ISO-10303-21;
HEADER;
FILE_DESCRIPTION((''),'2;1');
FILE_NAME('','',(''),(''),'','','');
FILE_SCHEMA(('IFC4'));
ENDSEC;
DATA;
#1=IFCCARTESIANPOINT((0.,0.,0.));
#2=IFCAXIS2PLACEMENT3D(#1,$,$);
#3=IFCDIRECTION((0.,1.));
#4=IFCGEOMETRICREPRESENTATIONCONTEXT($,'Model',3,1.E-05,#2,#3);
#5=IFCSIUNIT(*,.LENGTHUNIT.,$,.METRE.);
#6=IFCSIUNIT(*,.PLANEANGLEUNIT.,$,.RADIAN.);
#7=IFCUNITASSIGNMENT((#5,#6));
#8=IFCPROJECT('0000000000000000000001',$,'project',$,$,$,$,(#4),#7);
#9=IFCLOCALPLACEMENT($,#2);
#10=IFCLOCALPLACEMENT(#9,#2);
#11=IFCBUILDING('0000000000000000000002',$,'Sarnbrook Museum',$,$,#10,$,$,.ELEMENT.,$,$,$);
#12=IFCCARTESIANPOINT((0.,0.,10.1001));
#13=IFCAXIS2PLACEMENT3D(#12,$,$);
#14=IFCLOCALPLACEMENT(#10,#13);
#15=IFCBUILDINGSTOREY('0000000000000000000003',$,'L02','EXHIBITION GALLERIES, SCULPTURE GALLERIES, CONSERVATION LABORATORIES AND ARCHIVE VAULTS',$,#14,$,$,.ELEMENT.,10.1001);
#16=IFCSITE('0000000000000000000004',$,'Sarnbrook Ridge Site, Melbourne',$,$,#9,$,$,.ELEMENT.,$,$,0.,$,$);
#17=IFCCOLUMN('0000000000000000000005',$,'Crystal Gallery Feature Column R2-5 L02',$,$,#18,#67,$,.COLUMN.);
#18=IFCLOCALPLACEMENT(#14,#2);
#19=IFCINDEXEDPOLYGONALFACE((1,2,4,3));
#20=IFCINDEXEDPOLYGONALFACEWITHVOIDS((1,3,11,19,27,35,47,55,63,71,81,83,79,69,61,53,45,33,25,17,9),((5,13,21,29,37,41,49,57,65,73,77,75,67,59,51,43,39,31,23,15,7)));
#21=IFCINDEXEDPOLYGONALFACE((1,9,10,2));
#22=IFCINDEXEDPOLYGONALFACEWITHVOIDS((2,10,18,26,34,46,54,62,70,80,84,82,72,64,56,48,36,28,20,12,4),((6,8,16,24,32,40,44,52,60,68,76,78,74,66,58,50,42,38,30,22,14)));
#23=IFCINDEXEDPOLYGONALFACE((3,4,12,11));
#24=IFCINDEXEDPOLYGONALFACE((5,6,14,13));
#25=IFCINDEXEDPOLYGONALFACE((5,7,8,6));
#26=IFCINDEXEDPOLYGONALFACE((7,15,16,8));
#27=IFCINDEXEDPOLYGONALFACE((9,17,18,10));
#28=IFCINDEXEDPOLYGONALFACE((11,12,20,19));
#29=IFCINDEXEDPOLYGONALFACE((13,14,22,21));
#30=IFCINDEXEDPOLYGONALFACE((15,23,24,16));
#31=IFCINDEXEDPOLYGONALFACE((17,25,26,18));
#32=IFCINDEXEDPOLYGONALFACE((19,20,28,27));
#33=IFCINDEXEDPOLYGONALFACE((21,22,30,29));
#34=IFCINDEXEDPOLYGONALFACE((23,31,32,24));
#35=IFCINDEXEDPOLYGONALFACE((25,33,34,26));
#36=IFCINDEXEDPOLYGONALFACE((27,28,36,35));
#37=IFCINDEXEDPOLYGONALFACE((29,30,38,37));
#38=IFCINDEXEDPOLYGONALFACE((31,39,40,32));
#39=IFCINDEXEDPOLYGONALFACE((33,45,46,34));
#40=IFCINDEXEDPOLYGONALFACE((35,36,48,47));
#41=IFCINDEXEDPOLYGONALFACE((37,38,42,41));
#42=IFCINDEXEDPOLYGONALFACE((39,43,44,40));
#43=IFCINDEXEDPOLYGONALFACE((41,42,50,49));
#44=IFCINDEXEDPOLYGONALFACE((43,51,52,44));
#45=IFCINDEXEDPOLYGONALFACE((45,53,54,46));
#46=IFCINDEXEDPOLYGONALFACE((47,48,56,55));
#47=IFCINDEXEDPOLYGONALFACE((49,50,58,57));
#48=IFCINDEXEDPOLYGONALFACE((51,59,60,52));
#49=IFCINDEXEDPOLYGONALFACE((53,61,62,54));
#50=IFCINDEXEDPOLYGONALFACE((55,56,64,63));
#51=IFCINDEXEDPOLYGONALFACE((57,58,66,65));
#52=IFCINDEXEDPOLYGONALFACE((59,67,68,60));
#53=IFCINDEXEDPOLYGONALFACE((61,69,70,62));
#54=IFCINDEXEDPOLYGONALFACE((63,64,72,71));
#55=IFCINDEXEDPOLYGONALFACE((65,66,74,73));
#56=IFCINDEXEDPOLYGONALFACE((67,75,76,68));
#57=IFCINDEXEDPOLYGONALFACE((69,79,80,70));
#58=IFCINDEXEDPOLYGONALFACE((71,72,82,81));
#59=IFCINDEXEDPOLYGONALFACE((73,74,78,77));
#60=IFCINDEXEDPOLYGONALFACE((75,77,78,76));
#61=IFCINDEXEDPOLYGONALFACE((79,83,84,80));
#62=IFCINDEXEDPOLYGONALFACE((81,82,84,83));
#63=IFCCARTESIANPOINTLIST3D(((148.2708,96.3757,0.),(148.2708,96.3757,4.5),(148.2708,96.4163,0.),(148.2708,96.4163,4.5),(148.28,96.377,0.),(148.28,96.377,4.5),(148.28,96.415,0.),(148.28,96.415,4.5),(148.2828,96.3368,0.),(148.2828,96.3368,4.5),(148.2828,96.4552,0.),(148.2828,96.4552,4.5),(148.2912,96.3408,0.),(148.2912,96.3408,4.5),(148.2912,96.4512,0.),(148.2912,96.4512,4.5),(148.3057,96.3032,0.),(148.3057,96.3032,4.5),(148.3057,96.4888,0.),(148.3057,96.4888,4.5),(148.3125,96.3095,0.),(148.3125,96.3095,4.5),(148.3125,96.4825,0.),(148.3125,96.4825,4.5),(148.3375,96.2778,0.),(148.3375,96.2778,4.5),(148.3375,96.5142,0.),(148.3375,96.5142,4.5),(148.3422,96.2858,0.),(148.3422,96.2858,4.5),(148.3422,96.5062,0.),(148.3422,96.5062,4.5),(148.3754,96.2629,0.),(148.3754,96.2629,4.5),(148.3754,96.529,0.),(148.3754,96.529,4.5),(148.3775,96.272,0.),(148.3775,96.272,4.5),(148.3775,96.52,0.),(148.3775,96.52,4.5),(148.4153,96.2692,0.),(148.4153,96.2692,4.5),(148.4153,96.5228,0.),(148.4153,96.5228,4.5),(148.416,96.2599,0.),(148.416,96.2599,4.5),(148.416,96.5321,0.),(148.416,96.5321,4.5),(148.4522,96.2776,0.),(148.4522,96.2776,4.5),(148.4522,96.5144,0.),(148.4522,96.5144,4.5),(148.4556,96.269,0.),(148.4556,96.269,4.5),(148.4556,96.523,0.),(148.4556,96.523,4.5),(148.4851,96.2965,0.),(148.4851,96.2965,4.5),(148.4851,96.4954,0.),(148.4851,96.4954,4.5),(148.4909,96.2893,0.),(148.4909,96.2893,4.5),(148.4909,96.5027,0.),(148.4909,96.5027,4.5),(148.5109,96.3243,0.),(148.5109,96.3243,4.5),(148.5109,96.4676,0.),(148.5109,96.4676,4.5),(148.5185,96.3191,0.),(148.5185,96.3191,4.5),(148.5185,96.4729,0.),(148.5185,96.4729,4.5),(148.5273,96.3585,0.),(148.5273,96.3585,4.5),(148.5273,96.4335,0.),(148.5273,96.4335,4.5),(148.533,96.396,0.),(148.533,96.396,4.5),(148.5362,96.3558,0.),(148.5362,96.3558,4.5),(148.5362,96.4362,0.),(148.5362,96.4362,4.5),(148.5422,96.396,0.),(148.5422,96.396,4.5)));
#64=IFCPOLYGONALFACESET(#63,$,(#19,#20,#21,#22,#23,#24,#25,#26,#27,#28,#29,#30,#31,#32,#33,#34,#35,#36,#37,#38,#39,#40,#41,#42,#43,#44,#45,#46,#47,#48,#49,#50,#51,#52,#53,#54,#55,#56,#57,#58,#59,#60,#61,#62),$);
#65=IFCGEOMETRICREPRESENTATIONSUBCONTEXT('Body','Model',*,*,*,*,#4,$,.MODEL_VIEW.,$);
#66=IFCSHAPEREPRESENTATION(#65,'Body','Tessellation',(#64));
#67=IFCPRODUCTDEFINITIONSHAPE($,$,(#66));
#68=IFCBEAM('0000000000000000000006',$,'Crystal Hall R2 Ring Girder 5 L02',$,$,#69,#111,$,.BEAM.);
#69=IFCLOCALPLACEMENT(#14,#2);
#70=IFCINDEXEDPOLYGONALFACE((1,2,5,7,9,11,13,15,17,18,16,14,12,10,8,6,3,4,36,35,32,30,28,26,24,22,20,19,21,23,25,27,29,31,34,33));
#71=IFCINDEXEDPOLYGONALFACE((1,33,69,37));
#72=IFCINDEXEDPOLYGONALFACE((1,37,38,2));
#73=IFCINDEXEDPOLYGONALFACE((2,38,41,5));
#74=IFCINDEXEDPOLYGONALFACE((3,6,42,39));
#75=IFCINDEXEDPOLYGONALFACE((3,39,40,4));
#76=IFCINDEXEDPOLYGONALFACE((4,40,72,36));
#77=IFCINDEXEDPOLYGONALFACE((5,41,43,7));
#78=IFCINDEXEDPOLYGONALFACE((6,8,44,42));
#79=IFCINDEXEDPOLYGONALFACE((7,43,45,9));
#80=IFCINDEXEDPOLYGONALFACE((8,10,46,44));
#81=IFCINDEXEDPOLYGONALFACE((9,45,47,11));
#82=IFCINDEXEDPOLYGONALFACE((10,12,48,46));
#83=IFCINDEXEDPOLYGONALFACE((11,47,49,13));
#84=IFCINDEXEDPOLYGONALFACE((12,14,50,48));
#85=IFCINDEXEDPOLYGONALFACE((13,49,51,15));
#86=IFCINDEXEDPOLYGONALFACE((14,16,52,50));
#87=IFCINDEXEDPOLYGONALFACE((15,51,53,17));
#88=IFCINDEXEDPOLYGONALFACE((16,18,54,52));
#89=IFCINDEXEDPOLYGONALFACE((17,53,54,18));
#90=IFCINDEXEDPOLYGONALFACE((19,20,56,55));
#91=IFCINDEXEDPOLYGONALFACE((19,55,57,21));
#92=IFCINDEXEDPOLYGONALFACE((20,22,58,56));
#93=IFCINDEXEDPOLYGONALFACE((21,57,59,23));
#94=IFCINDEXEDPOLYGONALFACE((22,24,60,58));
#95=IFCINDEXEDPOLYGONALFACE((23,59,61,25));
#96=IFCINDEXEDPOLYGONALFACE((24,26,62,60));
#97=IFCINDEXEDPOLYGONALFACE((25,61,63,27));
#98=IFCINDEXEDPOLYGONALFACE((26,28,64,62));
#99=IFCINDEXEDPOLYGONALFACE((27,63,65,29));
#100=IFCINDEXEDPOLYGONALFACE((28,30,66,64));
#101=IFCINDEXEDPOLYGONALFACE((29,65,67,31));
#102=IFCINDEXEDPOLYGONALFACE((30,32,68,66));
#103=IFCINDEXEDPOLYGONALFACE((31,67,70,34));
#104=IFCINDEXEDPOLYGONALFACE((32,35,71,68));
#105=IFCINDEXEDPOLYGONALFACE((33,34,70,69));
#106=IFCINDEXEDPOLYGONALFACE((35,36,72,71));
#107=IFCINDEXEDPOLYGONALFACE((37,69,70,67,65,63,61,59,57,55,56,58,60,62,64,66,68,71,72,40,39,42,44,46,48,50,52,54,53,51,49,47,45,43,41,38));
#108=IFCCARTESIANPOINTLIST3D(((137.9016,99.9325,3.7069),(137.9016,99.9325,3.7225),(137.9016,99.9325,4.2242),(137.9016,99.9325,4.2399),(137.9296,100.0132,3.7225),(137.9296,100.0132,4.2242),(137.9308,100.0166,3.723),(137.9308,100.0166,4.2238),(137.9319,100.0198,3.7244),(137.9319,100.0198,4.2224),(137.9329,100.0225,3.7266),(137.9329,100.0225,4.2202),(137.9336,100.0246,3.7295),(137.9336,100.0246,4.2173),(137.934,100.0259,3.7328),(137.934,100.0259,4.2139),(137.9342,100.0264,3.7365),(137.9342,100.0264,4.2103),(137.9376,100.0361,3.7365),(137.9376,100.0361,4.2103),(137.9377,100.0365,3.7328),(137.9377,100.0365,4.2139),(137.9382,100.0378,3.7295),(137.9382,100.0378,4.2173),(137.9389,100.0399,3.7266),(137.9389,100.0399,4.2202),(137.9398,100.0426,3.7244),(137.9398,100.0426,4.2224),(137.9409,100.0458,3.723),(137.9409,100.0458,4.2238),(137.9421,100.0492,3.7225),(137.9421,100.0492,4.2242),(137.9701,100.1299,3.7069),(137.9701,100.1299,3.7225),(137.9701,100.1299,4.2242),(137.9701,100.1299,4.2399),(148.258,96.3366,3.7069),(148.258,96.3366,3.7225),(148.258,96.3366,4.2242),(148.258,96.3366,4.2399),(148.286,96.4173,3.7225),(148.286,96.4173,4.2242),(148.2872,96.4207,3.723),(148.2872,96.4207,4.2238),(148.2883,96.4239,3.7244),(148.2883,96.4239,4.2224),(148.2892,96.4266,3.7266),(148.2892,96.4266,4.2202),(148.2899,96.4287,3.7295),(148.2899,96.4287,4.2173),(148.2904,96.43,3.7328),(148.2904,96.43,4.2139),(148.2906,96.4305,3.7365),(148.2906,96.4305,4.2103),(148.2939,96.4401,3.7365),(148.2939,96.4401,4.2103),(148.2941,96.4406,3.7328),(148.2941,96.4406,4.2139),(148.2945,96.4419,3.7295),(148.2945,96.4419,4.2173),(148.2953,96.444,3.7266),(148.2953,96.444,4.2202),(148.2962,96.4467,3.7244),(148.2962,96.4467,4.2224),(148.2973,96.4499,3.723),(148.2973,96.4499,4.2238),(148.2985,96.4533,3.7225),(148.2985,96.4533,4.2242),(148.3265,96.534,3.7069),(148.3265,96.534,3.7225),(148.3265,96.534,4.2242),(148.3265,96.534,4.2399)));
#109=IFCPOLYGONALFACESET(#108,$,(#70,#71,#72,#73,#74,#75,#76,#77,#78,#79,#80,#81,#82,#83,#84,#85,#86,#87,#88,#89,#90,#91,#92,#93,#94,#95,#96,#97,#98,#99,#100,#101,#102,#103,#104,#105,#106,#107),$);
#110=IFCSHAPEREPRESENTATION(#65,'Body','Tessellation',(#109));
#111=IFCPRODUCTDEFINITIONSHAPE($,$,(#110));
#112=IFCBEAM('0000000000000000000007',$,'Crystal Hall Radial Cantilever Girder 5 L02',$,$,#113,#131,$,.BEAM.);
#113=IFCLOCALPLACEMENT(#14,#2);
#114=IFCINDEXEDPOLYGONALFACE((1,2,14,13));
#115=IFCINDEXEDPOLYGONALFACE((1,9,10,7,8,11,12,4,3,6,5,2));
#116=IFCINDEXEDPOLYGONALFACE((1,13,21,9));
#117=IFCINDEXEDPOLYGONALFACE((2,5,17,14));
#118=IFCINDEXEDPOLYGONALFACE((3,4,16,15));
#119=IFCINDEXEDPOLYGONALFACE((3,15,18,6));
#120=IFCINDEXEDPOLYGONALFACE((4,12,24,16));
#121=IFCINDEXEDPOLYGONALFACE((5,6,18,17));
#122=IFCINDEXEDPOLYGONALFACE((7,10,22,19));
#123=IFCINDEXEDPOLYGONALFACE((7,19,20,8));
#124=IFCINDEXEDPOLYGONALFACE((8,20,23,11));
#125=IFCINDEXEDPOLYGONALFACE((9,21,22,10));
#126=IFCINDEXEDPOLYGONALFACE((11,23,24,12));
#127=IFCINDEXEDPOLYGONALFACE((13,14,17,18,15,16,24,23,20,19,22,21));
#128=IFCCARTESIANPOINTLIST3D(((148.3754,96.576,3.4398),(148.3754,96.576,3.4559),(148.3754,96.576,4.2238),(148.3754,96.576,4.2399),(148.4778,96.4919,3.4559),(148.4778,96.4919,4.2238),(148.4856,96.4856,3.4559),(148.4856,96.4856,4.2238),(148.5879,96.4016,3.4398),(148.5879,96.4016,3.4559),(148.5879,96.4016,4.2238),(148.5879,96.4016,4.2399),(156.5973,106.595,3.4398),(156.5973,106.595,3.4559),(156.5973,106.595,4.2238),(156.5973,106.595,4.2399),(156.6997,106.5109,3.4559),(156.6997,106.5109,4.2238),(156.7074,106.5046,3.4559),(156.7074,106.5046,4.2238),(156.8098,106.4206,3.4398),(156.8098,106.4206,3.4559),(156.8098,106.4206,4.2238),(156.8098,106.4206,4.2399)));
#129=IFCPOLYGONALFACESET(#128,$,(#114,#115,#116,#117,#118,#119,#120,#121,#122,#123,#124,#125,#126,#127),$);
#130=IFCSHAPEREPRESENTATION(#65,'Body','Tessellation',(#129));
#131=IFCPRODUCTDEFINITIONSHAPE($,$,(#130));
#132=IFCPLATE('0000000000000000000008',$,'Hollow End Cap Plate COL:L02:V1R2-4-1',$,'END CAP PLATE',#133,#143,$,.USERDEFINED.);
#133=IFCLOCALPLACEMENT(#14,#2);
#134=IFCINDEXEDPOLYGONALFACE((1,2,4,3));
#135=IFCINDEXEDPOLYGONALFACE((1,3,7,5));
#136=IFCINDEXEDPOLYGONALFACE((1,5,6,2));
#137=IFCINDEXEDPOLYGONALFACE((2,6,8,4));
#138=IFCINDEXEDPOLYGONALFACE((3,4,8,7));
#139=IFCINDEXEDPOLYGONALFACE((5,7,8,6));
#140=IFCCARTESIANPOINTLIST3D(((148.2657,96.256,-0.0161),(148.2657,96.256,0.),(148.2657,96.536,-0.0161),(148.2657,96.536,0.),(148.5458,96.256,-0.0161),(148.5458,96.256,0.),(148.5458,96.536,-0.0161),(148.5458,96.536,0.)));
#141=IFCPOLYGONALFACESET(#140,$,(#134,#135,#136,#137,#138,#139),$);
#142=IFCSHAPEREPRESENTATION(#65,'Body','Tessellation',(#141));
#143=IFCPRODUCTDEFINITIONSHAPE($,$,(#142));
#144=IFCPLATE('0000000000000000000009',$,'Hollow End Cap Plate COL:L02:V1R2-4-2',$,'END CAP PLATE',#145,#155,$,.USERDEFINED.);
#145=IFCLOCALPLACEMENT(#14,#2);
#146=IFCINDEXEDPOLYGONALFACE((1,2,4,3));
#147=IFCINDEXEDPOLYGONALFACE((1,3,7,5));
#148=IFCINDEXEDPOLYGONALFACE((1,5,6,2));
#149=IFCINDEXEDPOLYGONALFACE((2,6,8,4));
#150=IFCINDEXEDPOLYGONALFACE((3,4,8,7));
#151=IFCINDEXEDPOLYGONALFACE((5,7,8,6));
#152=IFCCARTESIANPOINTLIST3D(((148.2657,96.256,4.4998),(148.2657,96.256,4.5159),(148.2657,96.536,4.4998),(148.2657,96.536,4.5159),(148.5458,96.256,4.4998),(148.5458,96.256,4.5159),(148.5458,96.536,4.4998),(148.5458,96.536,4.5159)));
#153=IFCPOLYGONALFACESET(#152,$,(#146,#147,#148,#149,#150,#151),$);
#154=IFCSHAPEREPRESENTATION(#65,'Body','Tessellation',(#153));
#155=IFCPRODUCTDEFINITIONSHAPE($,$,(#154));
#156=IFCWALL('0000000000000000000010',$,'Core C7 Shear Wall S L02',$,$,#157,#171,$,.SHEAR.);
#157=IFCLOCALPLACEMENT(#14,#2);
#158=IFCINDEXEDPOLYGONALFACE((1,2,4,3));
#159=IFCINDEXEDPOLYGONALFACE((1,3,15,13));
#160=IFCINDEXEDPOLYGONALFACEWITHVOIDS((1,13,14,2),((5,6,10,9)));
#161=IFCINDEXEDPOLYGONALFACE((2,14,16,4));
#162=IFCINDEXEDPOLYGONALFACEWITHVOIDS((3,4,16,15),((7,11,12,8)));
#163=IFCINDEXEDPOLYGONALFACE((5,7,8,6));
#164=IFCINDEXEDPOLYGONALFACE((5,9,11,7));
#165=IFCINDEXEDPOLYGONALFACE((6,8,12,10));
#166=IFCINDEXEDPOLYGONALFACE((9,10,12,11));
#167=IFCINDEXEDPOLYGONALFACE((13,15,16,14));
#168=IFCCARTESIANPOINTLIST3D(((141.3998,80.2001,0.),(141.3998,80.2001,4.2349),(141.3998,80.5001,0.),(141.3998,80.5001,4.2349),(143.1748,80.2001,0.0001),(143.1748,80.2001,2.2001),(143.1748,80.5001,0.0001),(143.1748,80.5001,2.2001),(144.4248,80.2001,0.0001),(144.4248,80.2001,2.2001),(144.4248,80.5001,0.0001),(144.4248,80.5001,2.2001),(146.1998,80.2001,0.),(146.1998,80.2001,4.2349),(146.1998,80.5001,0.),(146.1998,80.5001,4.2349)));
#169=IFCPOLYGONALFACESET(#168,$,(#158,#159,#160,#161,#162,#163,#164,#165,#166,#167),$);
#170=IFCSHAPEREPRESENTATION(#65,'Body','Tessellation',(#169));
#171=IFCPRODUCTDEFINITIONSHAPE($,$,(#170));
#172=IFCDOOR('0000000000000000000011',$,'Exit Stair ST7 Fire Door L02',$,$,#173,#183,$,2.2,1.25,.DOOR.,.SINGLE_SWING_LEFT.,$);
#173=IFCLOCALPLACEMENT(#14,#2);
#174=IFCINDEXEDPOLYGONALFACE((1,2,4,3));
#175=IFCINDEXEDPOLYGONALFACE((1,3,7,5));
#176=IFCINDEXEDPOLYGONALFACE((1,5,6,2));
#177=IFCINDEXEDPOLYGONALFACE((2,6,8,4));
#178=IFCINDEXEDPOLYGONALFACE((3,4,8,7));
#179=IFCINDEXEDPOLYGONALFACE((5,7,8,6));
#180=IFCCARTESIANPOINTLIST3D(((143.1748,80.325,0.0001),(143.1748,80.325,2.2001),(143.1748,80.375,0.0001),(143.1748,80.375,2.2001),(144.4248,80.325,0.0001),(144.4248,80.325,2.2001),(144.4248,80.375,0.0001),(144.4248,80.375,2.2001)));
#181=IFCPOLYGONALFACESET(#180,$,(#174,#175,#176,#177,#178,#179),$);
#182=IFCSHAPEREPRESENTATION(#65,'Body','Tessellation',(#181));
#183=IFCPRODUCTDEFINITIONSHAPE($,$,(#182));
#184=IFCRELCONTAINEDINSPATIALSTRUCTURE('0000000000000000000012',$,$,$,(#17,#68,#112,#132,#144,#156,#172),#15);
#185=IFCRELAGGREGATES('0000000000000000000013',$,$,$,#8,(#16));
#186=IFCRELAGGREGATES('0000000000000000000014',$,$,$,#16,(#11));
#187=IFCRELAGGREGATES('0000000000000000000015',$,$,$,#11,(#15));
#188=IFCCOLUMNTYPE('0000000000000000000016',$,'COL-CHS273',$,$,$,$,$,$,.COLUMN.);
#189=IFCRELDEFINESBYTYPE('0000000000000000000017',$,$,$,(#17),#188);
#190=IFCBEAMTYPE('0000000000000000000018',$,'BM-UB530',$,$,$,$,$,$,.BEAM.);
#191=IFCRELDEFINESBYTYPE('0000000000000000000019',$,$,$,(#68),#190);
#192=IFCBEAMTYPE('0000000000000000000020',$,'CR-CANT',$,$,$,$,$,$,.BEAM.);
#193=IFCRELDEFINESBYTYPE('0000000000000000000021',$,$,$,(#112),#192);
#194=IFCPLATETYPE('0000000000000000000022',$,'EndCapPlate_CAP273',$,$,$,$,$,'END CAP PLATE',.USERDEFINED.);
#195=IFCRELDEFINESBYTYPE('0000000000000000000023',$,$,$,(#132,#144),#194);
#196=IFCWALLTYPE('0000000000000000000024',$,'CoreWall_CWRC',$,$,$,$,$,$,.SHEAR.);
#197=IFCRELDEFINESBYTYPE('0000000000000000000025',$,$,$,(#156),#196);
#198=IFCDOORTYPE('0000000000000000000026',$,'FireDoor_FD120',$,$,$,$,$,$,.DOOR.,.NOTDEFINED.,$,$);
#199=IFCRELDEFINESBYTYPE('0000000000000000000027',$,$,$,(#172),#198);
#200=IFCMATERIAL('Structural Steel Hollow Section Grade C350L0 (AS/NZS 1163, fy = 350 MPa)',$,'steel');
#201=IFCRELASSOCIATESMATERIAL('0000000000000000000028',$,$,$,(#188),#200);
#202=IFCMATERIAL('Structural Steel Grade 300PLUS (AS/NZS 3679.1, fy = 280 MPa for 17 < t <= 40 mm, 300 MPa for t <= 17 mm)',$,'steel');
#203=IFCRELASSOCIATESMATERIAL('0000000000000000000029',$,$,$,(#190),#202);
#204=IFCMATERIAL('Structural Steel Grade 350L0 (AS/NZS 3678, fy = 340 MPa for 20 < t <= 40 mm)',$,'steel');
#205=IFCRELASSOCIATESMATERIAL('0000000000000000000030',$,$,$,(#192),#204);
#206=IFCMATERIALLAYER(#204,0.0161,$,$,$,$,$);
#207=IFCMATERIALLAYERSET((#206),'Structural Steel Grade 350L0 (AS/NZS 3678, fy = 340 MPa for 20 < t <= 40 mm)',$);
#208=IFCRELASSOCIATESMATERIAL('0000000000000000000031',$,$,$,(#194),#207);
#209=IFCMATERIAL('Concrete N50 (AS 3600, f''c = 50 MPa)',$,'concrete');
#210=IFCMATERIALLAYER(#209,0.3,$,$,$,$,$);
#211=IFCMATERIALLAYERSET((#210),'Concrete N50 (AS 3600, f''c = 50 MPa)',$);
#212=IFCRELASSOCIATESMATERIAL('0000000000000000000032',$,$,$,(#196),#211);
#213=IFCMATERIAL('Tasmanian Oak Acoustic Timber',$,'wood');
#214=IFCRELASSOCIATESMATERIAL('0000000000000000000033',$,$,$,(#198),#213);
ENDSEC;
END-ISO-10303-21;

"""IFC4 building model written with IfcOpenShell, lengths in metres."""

from ifc_helpers import new_model, si_unit, direction, frame, frame_2d, origin, origin_2d, place, context, subcontext, project, spatial, rectangle, hollow_circle, i_section, extrude, material, layer, layer_set, material_profile, profile_set, type_object, element, fill, save


model = new_model("IFC4")

# Units and contexts
model_context = context("Model", 3, precision=1e-05, world=origin(), true_north=direction((0.0, 1.0)))
body_context = subcontext(model_context, "Body", "Model", "MODEL_VIEW")
ifc_project = project(units=[si_unit("LENGTHUNIT", "METRE"), si_unit("PLANEANGLEUNIT", "RADIAN")], contexts=[model_context])

# Site, building, storey
site_placement = place(None, origin())
site = spatial("IfcSite", under=ifc_project, at=site_placement, Name="Sarnbrook Ridge Site, Melbourne", CompositionType="ELEMENT", RefElevation=0.0)
building_placement = place(site_placement, origin())
building = spatial("IfcBuilding", under=site, at=building_placement, Name="Sarnbrook Museum", CompositionType="ELEMENT")
storey_placement = place(building_placement, frame((0.0, 0.0, 10.1001)))
storey = spatial("IfcBuildingStorey", under=building, at=storey_placement, Name="L02", Description="EXHIBITION GALLERIES, SCULPTURE GALLERIES, CONSERVATION LABORATORIES AND ARCHIVE VAULTS", CompositionType="ELEMENT", Elevation=10.1001)

# Column
ifc_material_1 = material(Name="Structural Steel Hollow Section Grade C350L0 (AS/NZS 1163, fy = 350 MPa)", Category="steel")
ifc_material_profile_1 = material_profile(ifc_material_1, hollow_circle(Radius=0.1365, WallThickness=0.0093, at=origin_2d()), Name="273.1x9.3CHS")
ifc_profile_set_1 = profile_set([ifc_material_profile_1], Name="Structural Steel Hollow Section Grade C350L0 (AS/NZS 1163, fy = 350 MPa)")
column_type = type_object("IfcColumnType", Name="COL-CHS273", PredefinedType="COLUMN", material=ifc_profile_set_1)
column_placement = place(storey_placement, frame((148.4058, 96.396, 0.0), z_axis=(0.0, 0.0, 1.0), x_axis=(1.0, 0.0, 0.0)))
element("IfcColumn", 1, at=column_placement, inside=storey, type_object=column_type, Name="Crystal Gallery Feature Column R2-5 L02", PredefinedType="COLUMN", context=body_context, shape_type="SweptSolid", body=[
    extrude(hollow_circle(Radius=0.1365, WallThickness=0.0093, at=origin_2d()), origin(), (0.0, 0.0, 1.0), 4.5),
])

# Beams
ifc_material_2 = material(Name="Structural Steel Grade 300PLUS (AS/NZS 3679.1, fy = 280 MPa for 17 < t <= 40 mm, 300 MPa for t <= 17 mm)", Category="steel")
ifc_material_profile_2 = material_profile(ifc_material_2, i_section(OverallWidth=0.209, OverallDepth=0.533, WebThickness=0.0103, FlangeThickness=0.0156, FilletRadius=0.0139, at=origin_2d()), Name="530UB92.4")
ifc_profile_set_2 = profile_set([ifc_material_profile_2], Name="Structural Steel Grade 300PLUS (AS/NZS 3679.1, fy = 280 MPa for 17 < t <= 40 mm, 300 MPa for t <= 17 mm)")
beam_type_1 = type_object("IfcBeamType", Name="BM-UB530", PredefinedType="BEAM", material=ifc_profile_set_2)
beam_1_placement = place(storey_placement, frame((148.2922, 96.4353, 3.9734), z_axis=(-0.944675, 0.328008, 0.0), x_axis=(-0.328008, -0.944675, 0.0)))
element("IfcBeam", 2, at=beam_1_placement, inside=storey, type_object=beam_type_1, Name="Crystal Hall R2 Ring Girder 5 L02", PredefinedType="BEAM", context=body_context, shape_type="SweptSolid", body=[
    extrude(i_section(OverallWidth=0.209, OverallDepth=0.533, WebThickness=0.0103, FlangeThickness=0.0156, FilletRadius=0.0139, at=origin_2d()), origin(), (0.0, 0.0, 1.0), 10.9629),
])
ifc_material_3 = material(Name="Structural Steel Grade 350L0 (AS/NZS 3678, fy = 340 MPa for 20 < t <= 40 mm)", Category="steel")
ifc_material_profile_3 = material_profile(ifc_material_3, i_section(OverallWidth=0.2749, OverallDepth=0.8, WebThickness=0.01, FlangeThickness=0.0161, at=origin_2d()), Name="800WB146")
ifc_profile_set_3 = profile_set([ifc_material_profile_3], Name="Structural Steel Grade 350L0 (AS/NZS 3678, fy = 340 MPa for 20 < t <= 40 mm)")
beam_type_2 = type_object("IfcBeamType", Name="CR-CANT", PredefinedType="BEAM", material=ifc_profile_set_3)
beam_2_placement = place(storey_placement, frame((148.4817, 96.4888, 3.8398), z_axis=(0.634371, 0.773029, 0.0), x_axis=(-0.773029, 0.634371, 0.0)))
element("IfcBeam", 3, at=beam_2_placement, inside=storey, type_object=beam_type_2, Name="Crystal Hall Radial Cantilever Girder 5 L02", PredefinedType="BEAM", context=body_context, shape_type="SweptSolid", body=[
    extrude(i_section(OverallWidth=0.2749, OverallDepth=0.8, WebThickness=0.01, FlangeThickness=0.0161, at=origin_2d()), origin(), (0.0, 0.0, 1.0), 12.9607),
])

# Plates
ifc_layer_1 = layer(ifc_material_3, 0.0161)
ifc_layer_set_1 = layer_set([ifc_layer_1], Name="Structural Steel Grade 350L0 (AS/NZS 3678, fy = 340 MPa for 20 < t <= 40 mm)")
plate_type = type_object("IfcPlateType", Name="EndCapPlate_CAP273", ElementType="END CAP PLATE", PredefinedType="USERDEFINED", material=ifc_layer_set_1)
for number, where, z_axis, x_axis, name in (
    (4, (148.4058, 96.396, -0.0161), (0.0, 0.0, 1.0), (1.0, 0.0, 0.0), "Hollow End Cap Plate COL:L02:V1R2-4-1"),
    (5, (148.4058, 96.396, 4.4998), (0.0, 0.0, 1.0), (1.0, 0.0, 0.0), "Hollow End Cap Plate COL:L02:V1R2-4-2"),
):
    element("IfcPlate", number, at=place(storey_placement, frame(where, z_axis=z_axis, x_axis=x_axis)), inside=storey, type_object=plate_type, Name=name, ObjectType="END CAP PLATE", PredefinedType="USERDEFINED", context=body_context, shape_type="SweptSolid", body=[
        extrude(rectangle(XDim=0.28, YDim=0.28, at=origin_2d()), origin(), (0.0, 0.0, 1.0), 0.0161),
    ])

# Wall, opening, door
ifc_material_4 = material(Name="Concrete N50 (AS 3600, f'c = 50 MPa)", Category="concrete")
ifc_layer_2 = layer(ifc_material_4, 0.3)
ifc_layer_set_2 = layer_set([ifc_layer_2], Name="Concrete N50 (AS 3600, f'c = 50 MPa)")
wall_type_1 = type_object("IfcWallType", Name="CoreWall_CWRC", PredefinedType="SHEAR", material=ifc_layer_set_2)
wall_1_placement = place(storey_placement, frame((141.3999, 80.3501, 0.0), z_axis=(0.0, 0.0, 1.0), x_axis=(1.0, 0.0, 0.0)))
wall_1 = element("IfcWall", 6, at=wall_1_placement, inside=storey, type_object=wall_type_1, Name="Core C7 Shear Wall S L02", PredefinedType="SHEAR", context=body_context, shape_type="SweptSolid", body=[
    extrude(rectangle(XDim=4.8, YDim=0.3, at=frame_2d((2.3999, 0.0))), origin(), (0.0, 0.0, 1.0), 4.2349),
])
opening_1_placement = place(wall_1_placement, frame((1.7749, 0.0, 0.0)))
opening_1 = element("IfcOpeningElement", 7, at=opening_1_placement, cuts=wall_1, PredefinedType="OPENING", context=body_context, shape_type="SweptSolid", body=[
    extrude(rectangle(XDim=1.25, YDim=2.2, at=frame_2d((0.625, 1.1001))), frame((0.0, 0.1602, 0.0), z_axis=(0.0, -1.0, 0.0), x_axis=(1.0, 0.0, 0.0)), (0.0, 0.0, 1.0), 0.3201),
])
ifc_material_5 = material(Name="Tasmanian Oak Acoustic Timber", Category="wood")
door_type_1 = type_object("IfcDoorType", Name="FireDoor_FD120", OperationType="NOTDEFINED", PredefinedType="DOOR", material=ifc_material_5)
door_1_placement = place(opening_1_placement, origin())
door_1 = element("IfcDoor", 8, at=door_1_placement, inside=storey, type_object=door_type_1, Name="Exit Stair ST7 Fire Door L02", OperationType="SINGLE_SWING_LEFT", OverallHeight=2.2, OverallWidth=1.25, PredefinedType="DOOR", context=body_context, shape_type="SweptSolid", body=[
    extrude(rectangle(XDim=1.25, YDim=2.2, at=frame_2d((0.625, 1.1001))), frame((0.0, 0.0249, 0.0), z_axis=(0.0, -1.0, 0.0), x_axis=(1.0, 0.0, 0.0)), (0.0, 0.0, 1.0), 0.05),
])
fill(opening_1, door_1)

save(model, "model.ifc")
